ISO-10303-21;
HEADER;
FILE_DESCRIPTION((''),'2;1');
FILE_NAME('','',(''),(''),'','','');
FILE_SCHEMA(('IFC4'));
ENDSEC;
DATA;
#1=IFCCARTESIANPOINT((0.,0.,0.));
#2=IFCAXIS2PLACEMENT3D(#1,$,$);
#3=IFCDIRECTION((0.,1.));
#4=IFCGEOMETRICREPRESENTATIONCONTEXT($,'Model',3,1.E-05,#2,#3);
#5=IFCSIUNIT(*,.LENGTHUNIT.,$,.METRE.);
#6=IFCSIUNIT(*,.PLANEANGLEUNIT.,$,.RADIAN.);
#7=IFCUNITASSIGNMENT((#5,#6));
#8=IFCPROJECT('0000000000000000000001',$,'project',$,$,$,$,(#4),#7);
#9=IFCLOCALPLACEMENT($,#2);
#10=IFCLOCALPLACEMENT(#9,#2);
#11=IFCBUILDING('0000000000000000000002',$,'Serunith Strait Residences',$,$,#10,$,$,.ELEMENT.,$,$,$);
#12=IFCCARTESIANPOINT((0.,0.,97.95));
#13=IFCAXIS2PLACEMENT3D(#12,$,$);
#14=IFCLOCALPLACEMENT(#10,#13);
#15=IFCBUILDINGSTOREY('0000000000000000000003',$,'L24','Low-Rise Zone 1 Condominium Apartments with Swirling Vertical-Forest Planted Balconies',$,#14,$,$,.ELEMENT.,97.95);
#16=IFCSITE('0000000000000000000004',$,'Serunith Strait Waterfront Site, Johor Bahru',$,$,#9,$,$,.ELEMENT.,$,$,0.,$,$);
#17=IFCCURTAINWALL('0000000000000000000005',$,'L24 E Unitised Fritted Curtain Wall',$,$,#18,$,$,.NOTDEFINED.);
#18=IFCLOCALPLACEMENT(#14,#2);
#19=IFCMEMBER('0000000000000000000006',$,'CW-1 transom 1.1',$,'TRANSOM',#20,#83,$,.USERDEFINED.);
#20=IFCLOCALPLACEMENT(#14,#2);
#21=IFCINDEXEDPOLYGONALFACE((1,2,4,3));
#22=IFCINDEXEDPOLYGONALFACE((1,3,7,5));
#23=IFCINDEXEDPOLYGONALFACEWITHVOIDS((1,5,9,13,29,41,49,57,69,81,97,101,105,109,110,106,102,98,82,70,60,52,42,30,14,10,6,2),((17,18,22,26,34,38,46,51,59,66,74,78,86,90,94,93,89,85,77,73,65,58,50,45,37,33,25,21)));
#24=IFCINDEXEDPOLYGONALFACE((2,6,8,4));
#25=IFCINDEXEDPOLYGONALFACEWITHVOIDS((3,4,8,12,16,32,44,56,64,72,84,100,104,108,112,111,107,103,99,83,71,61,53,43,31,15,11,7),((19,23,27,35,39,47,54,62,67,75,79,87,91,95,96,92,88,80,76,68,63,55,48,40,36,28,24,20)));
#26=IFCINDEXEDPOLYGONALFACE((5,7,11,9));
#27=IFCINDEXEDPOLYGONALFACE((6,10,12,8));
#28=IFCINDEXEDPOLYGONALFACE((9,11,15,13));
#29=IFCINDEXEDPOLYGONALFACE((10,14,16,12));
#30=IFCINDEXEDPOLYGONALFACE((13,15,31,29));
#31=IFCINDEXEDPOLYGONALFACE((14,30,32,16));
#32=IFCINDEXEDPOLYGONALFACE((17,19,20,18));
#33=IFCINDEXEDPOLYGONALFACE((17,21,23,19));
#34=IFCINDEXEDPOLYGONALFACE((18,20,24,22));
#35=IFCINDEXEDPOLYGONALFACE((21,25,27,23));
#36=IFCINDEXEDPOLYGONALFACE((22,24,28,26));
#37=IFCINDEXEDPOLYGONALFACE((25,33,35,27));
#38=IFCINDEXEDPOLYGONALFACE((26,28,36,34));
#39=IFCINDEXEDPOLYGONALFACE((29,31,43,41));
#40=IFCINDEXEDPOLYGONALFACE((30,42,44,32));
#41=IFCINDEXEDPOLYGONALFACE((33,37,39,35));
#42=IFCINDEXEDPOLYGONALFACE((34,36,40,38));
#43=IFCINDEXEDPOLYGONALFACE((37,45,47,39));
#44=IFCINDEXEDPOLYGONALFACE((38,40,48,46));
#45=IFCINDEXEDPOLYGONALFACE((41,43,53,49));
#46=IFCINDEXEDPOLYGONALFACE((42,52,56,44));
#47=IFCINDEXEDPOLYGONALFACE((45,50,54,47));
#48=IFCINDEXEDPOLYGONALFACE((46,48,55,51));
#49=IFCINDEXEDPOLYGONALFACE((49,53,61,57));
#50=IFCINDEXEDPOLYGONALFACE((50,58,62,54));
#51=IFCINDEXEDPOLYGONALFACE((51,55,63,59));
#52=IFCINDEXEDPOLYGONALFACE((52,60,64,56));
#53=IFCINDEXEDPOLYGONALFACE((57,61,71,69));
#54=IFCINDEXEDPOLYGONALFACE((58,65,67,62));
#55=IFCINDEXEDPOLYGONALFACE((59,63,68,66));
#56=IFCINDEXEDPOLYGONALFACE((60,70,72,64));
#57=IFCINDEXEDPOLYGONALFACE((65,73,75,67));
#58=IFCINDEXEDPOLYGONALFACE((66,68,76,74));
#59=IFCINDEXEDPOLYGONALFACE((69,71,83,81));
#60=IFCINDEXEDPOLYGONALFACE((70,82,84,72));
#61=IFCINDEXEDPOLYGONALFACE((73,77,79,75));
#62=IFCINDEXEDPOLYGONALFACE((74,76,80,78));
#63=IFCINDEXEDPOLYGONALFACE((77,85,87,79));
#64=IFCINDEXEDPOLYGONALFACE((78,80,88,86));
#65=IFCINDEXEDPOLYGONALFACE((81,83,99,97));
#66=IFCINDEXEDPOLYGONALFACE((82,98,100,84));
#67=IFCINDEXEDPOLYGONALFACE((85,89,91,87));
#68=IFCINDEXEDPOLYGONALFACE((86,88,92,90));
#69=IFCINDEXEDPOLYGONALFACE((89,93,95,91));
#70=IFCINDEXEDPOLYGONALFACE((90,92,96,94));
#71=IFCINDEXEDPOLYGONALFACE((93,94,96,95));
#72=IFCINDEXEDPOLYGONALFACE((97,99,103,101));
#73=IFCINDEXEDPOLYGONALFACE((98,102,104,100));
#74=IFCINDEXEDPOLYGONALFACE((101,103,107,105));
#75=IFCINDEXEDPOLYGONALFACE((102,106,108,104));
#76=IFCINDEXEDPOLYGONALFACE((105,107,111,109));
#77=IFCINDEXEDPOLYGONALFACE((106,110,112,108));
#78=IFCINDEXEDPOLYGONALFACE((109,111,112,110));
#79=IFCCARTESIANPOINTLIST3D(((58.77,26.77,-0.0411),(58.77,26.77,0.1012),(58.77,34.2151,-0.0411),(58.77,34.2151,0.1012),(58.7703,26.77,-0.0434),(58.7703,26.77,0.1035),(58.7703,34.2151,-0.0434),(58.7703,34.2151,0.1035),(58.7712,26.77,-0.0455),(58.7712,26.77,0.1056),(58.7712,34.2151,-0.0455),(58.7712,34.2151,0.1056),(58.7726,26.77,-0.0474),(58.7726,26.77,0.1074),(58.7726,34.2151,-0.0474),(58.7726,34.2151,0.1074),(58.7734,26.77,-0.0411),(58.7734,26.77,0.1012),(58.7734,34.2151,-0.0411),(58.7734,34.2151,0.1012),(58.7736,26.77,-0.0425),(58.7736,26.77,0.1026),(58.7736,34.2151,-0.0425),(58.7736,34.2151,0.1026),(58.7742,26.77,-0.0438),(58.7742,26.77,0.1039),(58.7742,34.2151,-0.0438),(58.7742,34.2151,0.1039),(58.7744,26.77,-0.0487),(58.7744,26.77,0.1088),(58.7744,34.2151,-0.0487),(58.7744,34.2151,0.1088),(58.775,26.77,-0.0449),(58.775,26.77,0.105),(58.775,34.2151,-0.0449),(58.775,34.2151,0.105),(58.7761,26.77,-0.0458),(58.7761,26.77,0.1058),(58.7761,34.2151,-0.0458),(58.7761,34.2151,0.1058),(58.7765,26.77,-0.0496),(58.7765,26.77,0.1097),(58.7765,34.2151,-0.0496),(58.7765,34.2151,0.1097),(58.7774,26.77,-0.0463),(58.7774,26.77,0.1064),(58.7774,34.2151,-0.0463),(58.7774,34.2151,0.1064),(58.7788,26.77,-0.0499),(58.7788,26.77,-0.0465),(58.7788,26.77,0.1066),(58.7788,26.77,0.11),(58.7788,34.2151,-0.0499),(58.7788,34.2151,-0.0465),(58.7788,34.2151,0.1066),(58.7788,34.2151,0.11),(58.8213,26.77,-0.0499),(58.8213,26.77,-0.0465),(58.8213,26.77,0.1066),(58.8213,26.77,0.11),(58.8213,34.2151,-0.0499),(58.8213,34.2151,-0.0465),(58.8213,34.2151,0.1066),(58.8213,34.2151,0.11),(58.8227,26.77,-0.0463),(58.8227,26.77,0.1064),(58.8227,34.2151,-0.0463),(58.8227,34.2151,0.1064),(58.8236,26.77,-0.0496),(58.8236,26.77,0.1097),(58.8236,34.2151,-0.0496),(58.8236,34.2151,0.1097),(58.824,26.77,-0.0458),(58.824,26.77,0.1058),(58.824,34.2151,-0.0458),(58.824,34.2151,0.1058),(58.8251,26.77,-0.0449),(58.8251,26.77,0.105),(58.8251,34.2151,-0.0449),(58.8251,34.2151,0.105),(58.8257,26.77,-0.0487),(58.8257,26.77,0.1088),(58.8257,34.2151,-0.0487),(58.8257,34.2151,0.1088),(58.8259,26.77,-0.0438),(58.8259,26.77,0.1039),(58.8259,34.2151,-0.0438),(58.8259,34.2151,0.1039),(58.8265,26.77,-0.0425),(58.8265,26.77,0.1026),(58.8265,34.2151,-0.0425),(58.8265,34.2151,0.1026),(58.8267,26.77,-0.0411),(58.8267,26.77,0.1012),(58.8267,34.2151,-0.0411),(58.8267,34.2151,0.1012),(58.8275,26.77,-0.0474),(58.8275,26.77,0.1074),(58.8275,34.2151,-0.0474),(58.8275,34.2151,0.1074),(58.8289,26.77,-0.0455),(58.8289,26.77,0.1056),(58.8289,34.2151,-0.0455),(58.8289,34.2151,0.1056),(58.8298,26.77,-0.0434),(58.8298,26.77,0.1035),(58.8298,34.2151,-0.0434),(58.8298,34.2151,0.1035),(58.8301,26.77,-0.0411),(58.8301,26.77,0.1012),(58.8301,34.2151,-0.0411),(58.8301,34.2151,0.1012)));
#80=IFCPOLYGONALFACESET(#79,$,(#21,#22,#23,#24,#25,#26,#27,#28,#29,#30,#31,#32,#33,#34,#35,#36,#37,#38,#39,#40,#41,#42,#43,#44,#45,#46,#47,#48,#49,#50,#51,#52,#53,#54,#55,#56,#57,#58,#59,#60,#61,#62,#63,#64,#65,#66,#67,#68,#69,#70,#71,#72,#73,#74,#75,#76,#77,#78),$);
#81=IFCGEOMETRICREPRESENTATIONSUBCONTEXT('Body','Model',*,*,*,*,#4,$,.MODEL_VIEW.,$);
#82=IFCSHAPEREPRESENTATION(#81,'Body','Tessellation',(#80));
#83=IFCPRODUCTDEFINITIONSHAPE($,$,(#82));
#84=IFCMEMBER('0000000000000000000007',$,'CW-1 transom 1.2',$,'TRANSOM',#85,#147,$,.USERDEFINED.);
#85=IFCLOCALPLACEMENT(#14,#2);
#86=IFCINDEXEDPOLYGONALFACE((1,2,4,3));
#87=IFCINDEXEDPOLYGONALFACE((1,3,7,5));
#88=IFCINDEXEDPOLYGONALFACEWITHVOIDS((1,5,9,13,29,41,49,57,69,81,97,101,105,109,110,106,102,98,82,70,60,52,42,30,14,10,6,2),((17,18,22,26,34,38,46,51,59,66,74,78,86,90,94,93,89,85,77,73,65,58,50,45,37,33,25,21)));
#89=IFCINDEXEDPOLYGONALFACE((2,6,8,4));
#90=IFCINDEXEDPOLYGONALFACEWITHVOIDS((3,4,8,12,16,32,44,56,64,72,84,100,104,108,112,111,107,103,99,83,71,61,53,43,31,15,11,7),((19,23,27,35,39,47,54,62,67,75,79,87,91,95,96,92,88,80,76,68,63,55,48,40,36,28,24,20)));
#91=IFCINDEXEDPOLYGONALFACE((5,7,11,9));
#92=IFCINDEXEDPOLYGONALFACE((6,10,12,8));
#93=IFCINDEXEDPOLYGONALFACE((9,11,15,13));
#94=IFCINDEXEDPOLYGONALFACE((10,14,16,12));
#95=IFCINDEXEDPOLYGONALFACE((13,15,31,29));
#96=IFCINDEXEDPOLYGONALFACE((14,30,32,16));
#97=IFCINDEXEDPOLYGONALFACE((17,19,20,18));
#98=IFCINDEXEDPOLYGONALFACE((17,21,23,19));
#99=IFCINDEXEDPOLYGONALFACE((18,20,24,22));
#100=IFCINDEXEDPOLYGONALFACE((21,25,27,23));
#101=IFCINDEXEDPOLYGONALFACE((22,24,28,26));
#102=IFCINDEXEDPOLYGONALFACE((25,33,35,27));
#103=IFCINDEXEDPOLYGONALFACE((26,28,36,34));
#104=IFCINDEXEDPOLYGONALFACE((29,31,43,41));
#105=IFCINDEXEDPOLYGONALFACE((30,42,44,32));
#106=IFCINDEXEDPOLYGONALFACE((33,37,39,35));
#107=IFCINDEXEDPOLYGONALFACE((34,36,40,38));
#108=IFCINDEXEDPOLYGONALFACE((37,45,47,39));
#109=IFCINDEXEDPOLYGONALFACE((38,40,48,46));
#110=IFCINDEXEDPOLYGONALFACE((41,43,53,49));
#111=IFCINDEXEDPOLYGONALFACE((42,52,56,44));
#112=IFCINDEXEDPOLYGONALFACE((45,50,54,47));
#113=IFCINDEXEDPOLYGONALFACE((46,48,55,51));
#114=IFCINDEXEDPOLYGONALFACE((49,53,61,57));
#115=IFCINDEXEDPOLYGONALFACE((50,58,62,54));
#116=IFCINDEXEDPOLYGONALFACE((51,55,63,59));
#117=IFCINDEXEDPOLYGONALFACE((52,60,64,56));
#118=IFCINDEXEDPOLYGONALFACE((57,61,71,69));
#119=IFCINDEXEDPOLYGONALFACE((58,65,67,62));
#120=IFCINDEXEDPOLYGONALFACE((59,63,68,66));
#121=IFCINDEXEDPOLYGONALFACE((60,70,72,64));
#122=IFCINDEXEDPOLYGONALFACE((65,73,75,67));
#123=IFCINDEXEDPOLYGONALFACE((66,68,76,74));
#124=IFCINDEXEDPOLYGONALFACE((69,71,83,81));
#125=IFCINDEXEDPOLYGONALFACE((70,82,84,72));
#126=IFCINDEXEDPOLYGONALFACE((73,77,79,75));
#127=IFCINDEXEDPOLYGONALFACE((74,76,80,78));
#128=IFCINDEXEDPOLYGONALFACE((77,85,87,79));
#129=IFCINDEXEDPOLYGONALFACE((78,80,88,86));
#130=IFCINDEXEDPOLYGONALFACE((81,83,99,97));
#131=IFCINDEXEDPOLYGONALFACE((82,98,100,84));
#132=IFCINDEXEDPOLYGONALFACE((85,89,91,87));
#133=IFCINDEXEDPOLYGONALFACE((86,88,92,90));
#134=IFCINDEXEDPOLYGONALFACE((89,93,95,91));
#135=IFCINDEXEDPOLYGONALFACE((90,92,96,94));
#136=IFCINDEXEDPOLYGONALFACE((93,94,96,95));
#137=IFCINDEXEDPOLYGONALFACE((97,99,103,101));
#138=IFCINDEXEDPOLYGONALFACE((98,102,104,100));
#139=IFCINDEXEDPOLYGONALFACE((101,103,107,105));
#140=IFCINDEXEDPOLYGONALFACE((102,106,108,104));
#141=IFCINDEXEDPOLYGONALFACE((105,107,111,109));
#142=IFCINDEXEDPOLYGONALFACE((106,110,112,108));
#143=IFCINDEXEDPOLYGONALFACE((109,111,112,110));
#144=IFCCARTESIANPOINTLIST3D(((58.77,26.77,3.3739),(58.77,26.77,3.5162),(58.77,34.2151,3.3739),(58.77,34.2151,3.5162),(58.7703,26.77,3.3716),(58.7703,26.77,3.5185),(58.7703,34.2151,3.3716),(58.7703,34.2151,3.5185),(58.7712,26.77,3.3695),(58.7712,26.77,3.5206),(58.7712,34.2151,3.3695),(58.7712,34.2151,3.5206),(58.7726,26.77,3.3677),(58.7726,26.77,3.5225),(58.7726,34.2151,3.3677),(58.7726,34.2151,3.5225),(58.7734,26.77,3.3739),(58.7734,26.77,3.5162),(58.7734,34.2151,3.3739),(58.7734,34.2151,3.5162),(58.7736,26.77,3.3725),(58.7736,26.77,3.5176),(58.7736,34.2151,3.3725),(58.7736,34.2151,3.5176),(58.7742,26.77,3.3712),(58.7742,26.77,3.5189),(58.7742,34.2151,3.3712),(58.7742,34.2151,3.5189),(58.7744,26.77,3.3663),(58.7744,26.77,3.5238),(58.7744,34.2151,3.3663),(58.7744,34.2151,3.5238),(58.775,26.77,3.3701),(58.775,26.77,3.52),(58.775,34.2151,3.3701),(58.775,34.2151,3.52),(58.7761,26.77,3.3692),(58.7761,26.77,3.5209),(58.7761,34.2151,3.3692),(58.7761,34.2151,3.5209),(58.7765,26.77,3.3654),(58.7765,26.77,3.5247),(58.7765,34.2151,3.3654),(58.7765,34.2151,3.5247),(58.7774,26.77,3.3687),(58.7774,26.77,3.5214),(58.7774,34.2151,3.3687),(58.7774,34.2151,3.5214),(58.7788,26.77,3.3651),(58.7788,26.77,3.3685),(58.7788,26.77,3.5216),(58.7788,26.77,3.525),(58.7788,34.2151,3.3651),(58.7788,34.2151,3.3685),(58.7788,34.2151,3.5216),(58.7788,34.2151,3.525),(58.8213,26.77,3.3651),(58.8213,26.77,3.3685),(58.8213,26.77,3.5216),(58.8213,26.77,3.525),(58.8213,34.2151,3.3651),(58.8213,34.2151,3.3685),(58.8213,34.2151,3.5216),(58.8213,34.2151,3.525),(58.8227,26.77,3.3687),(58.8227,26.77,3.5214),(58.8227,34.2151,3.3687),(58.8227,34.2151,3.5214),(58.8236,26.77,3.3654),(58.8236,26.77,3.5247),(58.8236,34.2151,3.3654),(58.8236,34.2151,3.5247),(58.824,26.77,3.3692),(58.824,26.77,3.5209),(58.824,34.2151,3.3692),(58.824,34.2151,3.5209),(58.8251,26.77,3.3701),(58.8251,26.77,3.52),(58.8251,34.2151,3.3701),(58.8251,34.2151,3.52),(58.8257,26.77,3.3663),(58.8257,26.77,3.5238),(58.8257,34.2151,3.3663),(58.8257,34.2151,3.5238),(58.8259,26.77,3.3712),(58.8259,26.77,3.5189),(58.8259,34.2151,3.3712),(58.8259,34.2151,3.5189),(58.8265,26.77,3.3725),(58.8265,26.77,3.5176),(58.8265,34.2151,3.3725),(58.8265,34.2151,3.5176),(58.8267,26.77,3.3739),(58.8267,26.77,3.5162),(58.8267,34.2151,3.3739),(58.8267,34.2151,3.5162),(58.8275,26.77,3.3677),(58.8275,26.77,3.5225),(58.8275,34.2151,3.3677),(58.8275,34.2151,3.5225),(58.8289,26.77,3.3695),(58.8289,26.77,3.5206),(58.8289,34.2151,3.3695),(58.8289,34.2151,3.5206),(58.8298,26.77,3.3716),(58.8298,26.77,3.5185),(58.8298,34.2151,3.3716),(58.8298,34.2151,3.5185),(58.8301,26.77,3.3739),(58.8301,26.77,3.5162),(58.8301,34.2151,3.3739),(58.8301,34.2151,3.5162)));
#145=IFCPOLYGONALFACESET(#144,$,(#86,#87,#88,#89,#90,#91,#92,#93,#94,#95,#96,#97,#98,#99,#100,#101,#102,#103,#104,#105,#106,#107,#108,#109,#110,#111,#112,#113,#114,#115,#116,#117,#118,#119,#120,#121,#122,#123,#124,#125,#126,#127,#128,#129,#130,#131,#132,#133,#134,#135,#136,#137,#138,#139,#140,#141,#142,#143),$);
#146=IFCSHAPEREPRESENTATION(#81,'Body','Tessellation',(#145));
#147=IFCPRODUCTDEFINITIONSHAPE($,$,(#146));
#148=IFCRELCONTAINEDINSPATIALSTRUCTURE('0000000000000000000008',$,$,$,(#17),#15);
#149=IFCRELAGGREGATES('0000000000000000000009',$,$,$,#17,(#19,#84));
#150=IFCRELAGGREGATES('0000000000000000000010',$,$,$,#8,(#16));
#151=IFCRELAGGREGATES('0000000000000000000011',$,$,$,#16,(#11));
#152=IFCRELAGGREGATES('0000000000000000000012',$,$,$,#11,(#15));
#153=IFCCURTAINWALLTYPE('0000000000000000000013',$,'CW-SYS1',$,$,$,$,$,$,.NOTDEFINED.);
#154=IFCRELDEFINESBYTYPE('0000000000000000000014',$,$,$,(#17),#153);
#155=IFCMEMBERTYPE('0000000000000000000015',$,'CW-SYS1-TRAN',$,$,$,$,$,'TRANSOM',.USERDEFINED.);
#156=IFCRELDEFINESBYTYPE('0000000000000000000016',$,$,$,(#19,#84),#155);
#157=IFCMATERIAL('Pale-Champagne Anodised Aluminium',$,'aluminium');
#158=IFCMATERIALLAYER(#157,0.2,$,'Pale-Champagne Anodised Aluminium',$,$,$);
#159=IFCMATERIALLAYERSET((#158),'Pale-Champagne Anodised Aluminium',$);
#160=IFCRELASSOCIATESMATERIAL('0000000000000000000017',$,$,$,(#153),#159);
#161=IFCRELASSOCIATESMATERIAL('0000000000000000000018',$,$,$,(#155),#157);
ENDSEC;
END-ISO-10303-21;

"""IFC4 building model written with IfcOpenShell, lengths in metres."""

from ifc_helpers import new_model, si_unit, direction, frame, origin, origin_2d, place, context, subcontext, project, spatial, hollow_rectangle, extrude, source, transform, mapped, material, layer, layer_set, material_profile, profile_set, type_object, element, aggregate, save


model = new_model("IFC4")

# Units and contexts
model_context = context("Model", 3, precision=1e-05, world=origin(), true_north=direction((0.0, 1.0)))
body_context = subcontext(model_context, "Body", "Model", "MODEL_VIEW")
ifc_project = project(units=[si_unit("LENGTHUNIT", "METRE"), si_unit("PLANEANGLEUNIT", "RADIAN")], contexts=[model_context])

# Site, building, storey
site_placement = place(None, origin())
site = spatial("IfcSite", under=ifc_project, at=site_placement, Name="Serunith Strait Waterfront Site, Johor Bahru", CompositionType="ELEMENT", RefElevation=0.0)
building_placement = place(site_placement, origin())
building = spatial("IfcBuilding", under=site, at=building_placement, Name="Serunith Strait Residences", CompositionType="ELEMENT")
storey_placement = place(building_placement, frame((0.0, 0.0, 97.95)))
storey = spatial("IfcBuildingStorey", under=building, at=storey_placement, Name="L24", Description="Low-Rise Zone 1 Condominium Apartments with Swirling Vertical-Forest Planted Balconies", CompositionType="ELEMENT", Elevation=97.95)

# Curtain wall, members
ifc_material_1 = material(Name="Pale-Champagne Anodised Aluminium", Category="aluminium")
ifc_layer_1 = layer(ifc_material_1, 0.2, Name="Pale-Champagne Anodised Aluminium")
ifc_layer_set_1 = layer_set([ifc_layer_1], Name="Pale-Champagne Anodised Aluminium")
curtain_wall_type = type_object("IfcCurtainWallType", Name="CW-SYS1", PredefinedType="NOTDEFINED", material=ifc_layer_set_1)
curtain_wall_placement = place(storey_placement, origin())
curtain_wall = element("IfcCurtainWall", 1, at=curtain_wall_placement, inside=storey, type_object=curtain_wall_type, Name="L24 E Unitised Fritted Curtain Wall", PredefinedType="NOTDEFINED")
ifc_material_profile_1 = material_profile(ifc_material_1, hollow_rectangle(XDim=0.0601, YDim=0.1599, WallThickness=0.0034, InnerFilletRadius=0.0054, OuterFilletRadius=0.0088, at=origin_2d()), Name="ALU 160x60x3.5")
ifc_profile_set_1 = profile_set([ifc_material_profile_1], Name="Pale-Champagne Anodised Aluminium")
member_type_1 = type_object("IfcMemberType", Name="CW-SYS1-TRAN", ElementType="TRANSOM", PredefinedType="USERDEFINED", material=ifc_profile_set_1)
shared_shape_1 = source(origin(), body_context, "Body", "SweptSolid", [
    extrude(hollow_rectangle(XDim=0.0601, YDim=0.1599, WallThickness=0.0034, InnerFilletRadius=0.0054, OuterFilletRadius=0.0088, at=origin_2d()), origin(), (0.0, 0.0, 1.0), 7.4451),
])
member_1_placement = place(storey_placement, frame((58.8, 26.77, 0.03), z_axis=(0.0, 1.0, 0.0), x_axis=(-1.0, 0.0, 0.0)))
member_1 = element("IfcMember", 2, at=member_1_placement, type_object=member_type_1, Name="CW-1 transom 1.1", ObjectType="TRANSOM", PredefinedType="USERDEFINED", context=body_context, shape_type="MappedRepresentation", body=[
    mapped(shared_shape_1, transform((0.0, 0.0, 0.0), scale=1.0)),
])
member_2_placement = place(storey_placement, frame((58.8, 26.77, 3.4451), z_axis=(0.0, 1.0, 0.0), x_axis=(-1.0, 0.0, 0.0)))
member_2 = element("IfcMember", 3, at=member_2_placement, type_object=member_type_1, Name="CW-1 transom 1.2", ObjectType="TRANSOM", PredefinedType="USERDEFINED", context=body_context, shape_type="MappedRepresentation", body=[
    mapped(shared_shape_1, transform((0.0, 0.0, 0.0), scale=1.0)),
])
aggregate(curtain_wall, [member_1, member_2])

save(model, "model.ifc")
